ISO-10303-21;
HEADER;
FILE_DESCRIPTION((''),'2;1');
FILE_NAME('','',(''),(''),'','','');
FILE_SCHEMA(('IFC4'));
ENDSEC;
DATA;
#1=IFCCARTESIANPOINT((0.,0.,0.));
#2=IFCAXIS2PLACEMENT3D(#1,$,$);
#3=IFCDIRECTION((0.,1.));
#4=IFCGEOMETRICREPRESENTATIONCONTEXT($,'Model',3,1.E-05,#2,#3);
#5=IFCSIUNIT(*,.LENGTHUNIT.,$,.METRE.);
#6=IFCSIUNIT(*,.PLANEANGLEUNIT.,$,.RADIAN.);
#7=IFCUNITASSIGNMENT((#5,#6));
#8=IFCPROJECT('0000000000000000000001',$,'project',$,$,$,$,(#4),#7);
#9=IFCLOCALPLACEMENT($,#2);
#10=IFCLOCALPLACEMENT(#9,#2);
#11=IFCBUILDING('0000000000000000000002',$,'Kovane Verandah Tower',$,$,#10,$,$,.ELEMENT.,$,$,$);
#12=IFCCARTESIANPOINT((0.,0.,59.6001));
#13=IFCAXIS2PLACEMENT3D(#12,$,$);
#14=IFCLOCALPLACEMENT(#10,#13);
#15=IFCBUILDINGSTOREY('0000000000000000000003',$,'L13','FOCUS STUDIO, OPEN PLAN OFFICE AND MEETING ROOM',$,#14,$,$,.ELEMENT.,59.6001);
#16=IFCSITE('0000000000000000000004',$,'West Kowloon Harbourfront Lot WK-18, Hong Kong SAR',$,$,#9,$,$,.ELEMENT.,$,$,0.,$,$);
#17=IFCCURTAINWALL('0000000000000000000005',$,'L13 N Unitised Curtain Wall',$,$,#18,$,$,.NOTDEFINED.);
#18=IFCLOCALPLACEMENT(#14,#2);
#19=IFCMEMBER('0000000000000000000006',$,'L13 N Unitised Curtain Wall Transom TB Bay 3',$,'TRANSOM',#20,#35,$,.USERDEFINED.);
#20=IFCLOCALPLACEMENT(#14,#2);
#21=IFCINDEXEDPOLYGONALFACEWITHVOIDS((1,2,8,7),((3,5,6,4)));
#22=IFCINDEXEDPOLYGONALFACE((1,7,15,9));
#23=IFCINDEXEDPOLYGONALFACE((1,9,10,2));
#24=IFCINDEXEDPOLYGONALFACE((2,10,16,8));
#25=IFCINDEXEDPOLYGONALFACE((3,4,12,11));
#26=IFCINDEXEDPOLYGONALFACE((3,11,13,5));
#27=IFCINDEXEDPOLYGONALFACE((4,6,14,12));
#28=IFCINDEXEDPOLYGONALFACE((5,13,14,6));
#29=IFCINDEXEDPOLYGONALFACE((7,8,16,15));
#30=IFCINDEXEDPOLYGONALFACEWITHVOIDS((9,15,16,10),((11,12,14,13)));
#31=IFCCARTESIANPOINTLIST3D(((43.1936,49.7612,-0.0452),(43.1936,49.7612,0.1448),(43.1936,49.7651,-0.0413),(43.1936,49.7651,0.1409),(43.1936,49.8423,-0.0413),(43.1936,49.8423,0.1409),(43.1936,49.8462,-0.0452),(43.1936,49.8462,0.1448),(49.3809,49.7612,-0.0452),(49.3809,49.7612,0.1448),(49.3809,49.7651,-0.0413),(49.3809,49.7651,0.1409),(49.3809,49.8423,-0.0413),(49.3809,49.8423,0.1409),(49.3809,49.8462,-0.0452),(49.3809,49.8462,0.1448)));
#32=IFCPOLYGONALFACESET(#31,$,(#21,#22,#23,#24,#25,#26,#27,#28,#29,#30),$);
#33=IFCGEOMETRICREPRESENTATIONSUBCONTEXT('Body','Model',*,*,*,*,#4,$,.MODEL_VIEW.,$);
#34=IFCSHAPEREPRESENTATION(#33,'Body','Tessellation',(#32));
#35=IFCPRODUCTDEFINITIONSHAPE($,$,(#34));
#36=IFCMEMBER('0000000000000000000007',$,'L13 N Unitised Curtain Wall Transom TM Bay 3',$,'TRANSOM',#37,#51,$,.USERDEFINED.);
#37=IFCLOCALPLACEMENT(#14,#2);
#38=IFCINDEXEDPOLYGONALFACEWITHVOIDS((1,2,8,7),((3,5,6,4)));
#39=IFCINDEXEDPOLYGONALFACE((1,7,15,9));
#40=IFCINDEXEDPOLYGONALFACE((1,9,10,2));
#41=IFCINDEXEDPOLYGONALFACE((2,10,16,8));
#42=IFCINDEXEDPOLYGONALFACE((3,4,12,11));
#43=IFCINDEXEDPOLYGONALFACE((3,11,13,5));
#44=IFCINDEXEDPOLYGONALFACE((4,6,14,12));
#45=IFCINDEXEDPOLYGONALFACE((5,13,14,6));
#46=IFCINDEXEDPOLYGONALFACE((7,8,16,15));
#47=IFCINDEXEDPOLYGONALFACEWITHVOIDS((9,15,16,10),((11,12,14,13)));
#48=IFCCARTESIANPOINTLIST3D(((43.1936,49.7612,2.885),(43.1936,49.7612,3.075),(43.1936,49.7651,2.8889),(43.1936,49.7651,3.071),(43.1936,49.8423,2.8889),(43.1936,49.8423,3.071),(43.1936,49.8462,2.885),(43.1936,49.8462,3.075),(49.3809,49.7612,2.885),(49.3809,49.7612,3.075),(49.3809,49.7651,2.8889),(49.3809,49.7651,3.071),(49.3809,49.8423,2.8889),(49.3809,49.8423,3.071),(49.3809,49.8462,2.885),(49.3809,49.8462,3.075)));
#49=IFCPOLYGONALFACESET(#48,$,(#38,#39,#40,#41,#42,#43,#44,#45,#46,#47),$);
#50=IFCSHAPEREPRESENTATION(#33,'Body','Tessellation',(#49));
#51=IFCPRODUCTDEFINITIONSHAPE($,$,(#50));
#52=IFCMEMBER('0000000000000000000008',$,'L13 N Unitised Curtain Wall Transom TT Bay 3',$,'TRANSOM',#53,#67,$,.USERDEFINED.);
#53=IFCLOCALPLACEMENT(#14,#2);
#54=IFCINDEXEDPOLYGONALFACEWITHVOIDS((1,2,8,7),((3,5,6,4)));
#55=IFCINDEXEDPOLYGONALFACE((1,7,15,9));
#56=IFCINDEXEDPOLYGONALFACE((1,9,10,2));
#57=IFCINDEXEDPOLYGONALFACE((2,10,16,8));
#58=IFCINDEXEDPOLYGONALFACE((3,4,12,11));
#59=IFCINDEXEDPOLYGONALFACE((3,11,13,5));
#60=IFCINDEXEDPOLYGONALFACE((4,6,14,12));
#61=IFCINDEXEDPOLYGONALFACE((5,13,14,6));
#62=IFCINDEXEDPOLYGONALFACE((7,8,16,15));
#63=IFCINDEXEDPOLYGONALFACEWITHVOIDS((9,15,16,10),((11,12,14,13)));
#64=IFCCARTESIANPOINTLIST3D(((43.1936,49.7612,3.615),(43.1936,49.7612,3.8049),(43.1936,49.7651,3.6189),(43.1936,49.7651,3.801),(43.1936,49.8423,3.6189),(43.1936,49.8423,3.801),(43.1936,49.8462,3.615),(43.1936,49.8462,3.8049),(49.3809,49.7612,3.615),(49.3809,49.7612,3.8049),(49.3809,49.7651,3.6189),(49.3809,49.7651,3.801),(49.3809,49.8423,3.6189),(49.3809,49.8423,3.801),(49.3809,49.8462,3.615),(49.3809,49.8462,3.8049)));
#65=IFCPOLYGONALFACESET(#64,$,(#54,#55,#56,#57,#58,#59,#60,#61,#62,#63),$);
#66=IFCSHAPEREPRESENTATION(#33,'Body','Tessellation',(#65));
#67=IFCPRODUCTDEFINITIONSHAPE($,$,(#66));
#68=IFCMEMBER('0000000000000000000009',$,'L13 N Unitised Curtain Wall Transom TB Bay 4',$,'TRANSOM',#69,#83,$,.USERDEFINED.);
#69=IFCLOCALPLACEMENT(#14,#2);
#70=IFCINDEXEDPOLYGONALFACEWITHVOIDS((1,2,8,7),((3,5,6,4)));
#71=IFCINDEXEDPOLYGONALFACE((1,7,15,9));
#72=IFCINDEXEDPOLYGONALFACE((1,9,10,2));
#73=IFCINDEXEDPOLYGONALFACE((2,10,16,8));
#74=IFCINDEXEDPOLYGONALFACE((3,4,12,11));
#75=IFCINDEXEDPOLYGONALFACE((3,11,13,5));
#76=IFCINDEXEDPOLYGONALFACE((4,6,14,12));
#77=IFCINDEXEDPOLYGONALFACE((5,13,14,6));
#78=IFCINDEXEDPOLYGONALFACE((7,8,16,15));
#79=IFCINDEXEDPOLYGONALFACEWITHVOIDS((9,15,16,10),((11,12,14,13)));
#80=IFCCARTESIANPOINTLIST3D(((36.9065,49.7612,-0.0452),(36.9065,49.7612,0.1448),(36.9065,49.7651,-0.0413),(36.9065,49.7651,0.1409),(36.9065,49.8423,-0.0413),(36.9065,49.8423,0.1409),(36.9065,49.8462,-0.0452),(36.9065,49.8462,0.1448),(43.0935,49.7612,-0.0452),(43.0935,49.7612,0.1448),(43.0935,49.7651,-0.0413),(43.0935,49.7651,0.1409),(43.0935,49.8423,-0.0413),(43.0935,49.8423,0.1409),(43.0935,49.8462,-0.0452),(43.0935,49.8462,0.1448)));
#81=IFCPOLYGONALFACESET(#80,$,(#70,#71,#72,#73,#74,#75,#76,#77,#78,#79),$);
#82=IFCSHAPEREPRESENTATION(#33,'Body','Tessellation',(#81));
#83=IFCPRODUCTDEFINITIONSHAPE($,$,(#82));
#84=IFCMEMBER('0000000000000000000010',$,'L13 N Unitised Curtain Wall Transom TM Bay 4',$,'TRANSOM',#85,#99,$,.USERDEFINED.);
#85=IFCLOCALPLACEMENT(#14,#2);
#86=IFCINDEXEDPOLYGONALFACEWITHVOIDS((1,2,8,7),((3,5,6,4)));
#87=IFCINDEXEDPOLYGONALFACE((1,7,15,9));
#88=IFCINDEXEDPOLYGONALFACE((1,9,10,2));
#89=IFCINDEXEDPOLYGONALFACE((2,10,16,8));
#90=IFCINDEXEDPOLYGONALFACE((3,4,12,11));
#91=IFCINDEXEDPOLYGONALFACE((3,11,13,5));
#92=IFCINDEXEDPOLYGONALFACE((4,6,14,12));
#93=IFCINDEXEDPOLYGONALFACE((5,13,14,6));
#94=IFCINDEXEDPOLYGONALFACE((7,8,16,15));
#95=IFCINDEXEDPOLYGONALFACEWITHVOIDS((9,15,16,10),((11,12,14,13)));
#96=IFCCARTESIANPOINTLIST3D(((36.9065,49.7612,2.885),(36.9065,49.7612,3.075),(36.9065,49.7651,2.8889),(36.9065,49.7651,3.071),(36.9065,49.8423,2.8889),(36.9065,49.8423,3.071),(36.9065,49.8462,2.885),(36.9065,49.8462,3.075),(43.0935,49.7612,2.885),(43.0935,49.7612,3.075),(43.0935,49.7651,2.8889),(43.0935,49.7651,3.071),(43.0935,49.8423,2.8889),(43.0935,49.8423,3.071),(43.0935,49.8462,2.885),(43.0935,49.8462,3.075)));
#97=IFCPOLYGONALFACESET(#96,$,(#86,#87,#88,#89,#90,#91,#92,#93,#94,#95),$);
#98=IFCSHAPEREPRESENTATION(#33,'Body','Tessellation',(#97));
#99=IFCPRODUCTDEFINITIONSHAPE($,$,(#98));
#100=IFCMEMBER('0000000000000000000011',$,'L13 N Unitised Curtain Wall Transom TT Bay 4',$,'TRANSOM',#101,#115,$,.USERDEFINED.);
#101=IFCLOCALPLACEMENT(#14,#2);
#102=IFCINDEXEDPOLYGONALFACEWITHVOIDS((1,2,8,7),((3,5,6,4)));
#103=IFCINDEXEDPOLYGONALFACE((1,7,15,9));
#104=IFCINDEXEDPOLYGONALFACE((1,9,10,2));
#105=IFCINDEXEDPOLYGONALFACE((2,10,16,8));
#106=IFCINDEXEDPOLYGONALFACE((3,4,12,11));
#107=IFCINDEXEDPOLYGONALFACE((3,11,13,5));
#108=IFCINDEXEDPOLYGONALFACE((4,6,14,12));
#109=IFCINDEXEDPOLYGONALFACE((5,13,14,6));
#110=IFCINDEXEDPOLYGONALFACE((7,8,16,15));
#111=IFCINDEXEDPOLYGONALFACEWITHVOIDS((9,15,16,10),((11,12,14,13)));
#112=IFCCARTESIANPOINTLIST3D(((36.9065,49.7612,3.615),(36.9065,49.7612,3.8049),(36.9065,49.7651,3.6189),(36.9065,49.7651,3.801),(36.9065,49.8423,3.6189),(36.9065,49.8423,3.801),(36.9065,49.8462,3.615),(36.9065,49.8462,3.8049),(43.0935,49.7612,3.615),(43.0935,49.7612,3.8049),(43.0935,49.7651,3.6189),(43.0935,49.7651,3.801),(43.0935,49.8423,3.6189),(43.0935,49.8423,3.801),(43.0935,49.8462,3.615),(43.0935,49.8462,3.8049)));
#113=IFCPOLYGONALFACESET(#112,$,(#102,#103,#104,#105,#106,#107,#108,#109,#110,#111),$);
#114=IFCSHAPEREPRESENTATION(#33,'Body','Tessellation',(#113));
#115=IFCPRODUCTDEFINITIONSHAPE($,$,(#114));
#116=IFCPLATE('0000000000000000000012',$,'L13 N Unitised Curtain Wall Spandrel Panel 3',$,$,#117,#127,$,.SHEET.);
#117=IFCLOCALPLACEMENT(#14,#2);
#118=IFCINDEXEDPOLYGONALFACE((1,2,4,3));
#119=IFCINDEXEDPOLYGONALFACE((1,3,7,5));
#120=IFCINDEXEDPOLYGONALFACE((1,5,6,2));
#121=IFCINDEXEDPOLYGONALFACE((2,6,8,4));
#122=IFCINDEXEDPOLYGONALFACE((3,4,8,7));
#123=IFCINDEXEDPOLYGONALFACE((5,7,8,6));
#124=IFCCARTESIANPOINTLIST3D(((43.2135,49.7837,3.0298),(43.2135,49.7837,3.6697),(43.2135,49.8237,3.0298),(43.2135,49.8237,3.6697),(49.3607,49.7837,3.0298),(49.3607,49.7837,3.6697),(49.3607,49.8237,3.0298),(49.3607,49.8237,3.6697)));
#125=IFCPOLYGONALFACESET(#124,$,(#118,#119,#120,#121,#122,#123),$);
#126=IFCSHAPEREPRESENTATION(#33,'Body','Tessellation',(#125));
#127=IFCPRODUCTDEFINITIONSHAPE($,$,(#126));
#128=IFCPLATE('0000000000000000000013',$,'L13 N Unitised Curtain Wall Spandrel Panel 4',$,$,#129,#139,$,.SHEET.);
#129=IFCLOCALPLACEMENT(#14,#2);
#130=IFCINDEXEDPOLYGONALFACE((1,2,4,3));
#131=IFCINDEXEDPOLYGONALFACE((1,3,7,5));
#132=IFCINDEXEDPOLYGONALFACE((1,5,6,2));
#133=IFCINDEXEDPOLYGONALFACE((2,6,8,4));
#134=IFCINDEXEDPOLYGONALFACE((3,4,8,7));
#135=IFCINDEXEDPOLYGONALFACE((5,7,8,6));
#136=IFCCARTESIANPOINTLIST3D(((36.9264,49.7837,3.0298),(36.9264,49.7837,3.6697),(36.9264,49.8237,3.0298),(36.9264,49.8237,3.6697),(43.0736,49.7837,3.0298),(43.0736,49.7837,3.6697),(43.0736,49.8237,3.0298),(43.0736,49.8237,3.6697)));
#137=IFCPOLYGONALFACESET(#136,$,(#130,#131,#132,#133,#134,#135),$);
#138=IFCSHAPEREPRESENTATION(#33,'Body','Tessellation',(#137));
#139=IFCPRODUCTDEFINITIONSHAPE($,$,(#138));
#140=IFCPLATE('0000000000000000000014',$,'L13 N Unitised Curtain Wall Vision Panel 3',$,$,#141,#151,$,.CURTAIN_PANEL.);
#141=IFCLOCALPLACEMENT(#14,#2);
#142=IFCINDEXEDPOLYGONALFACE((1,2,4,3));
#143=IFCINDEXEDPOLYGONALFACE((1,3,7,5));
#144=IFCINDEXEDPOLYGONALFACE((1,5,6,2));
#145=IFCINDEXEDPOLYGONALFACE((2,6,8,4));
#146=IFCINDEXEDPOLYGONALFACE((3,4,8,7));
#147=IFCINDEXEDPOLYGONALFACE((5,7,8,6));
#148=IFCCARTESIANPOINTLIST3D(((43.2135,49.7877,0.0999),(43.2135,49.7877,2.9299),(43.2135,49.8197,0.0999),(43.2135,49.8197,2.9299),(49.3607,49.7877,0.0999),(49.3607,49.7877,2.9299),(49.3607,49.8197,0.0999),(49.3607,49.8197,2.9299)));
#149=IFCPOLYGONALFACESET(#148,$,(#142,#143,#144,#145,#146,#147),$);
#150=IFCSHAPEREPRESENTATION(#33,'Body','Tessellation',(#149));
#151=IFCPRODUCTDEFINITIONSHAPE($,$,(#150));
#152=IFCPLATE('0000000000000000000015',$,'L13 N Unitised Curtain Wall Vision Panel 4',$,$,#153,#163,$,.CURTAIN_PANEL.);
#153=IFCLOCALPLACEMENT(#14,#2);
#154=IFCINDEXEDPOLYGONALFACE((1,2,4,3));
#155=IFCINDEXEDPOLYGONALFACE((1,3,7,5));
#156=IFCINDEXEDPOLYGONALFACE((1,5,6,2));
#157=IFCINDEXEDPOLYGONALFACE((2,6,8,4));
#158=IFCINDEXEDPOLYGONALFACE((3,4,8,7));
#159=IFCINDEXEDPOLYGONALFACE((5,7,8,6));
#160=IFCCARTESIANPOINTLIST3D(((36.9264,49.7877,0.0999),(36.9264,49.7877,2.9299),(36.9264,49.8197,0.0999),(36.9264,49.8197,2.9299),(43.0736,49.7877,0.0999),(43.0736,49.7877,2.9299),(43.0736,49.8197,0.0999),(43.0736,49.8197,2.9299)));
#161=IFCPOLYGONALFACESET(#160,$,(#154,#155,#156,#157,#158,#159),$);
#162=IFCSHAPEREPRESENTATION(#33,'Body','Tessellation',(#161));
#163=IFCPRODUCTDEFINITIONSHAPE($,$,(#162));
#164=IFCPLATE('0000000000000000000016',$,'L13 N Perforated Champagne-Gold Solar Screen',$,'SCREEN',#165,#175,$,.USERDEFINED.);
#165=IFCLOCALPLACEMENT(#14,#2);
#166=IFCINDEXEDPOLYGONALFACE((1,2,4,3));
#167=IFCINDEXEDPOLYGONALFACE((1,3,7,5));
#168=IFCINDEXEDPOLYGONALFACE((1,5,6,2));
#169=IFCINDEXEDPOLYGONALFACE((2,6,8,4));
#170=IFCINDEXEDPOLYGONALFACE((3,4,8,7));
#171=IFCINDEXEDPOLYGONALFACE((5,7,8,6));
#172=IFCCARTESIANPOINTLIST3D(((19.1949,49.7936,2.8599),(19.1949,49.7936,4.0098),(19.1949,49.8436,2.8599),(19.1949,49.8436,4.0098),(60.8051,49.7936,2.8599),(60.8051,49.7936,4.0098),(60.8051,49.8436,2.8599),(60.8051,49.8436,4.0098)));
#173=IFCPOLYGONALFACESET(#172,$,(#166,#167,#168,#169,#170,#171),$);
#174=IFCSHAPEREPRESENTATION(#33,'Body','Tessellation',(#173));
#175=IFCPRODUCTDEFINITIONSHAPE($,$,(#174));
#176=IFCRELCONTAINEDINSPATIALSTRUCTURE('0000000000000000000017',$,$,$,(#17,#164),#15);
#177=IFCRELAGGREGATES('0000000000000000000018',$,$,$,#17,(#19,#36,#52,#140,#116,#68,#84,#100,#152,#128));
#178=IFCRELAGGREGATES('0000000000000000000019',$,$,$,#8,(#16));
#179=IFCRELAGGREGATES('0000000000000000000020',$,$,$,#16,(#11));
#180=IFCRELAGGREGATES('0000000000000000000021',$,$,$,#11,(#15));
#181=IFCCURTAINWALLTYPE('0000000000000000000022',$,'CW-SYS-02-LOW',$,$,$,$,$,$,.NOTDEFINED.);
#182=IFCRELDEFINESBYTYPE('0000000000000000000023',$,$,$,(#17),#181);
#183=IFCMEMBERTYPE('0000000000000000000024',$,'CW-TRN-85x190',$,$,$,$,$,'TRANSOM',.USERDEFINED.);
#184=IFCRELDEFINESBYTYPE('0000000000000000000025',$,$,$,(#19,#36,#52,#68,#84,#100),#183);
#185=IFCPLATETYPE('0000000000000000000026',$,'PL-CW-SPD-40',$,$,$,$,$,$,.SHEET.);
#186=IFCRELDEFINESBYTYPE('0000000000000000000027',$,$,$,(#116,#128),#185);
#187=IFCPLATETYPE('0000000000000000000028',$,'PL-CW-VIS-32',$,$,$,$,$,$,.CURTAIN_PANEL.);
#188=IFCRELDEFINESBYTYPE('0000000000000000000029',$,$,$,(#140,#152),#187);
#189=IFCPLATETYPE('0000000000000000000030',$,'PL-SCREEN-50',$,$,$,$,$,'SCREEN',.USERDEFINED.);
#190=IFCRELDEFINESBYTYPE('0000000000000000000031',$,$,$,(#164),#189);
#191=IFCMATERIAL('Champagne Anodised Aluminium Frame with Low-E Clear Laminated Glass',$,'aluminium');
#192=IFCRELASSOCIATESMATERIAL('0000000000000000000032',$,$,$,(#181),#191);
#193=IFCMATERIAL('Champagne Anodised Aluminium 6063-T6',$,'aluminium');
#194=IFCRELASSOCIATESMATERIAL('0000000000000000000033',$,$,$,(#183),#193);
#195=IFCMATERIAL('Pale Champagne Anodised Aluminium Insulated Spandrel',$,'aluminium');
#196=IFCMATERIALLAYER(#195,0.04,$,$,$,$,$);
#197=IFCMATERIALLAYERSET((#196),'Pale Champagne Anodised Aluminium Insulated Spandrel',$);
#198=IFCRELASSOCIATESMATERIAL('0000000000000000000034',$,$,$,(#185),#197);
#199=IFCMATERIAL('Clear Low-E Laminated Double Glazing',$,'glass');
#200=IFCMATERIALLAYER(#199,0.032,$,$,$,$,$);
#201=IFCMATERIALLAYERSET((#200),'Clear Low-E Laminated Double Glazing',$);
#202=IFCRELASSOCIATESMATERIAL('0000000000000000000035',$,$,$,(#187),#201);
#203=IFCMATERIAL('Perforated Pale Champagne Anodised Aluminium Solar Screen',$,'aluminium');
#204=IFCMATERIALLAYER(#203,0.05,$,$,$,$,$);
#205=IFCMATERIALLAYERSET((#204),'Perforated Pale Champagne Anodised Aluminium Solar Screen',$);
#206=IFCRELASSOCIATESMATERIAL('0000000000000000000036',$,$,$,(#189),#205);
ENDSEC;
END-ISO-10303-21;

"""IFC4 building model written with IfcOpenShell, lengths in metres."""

from ifc_helpers import new_model, si_unit, direction, frame, origin, origin_2d, place, context, subcontext, project, spatial, rectangle, hollow_rectangle, extrude, material, layer, layer_set, material_profile, profile_set, type_object, element, aggregate, save


model = new_model("IFC4")

# Units and contexts
model_context = context("Model", 3, precision=1e-05, world=origin(), true_north=direction((0.0, 1.0)))
body_context = subcontext(model_context, "Body", "Model", "MODEL_VIEW")
ifc_project = project(units=[si_unit("LENGTHUNIT", "METRE"), si_unit("PLANEANGLEUNIT", "RADIAN")], contexts=[model_context])

# Site, building, storey
site_placement = place(None, origin())
site = spatial("IfcSite", under=ifc_project, at=site_placement, Name="West Kowloon Harbourfront Lot WK-18, Hong Kong SAR", CompositionType="ELEMENT", RefElevation=0.0)
building_placement = place(site_placement, origin())
building = spatial("IfcBuilding", under=site, at=building_placement, Name="Kovane Verandah Tower", CompositionType="ELEMENT")
storey_placement = place(building_placement, frame((0.0, 0.0, 59.6001)))
storey = spatial("IfcBuildingStorey", under=building, at=storey_placement, Name="L13", Description="FOCUS STUDIO, OPEN PLAN OFFICE AND MEETING ROOM", CompositionType="ELEMENT", Elevation=59.6001)

# Curtain wall, members, plates
ifc_material_1 = material(Name="Champagne Anodised Aluminium Frame with Low-E Clear Laminated Glass", Category="aluminium")
curtain_wall_type = type_object("IfcCurtainWallType", Name="CW-SYS-02-LOW", PredefinedType="NOTDEFINED", material=ifc_material_1)
curtain_wall_placement = place(storey_placement, origin())
curtain_wall = element("IfcCurtainWall", 1, at=curtain_wall_placement, inside=storey, type_object=curtain_wall_type, Name="L13 N Unitised Curtain Wall", PredefinedType="NOTDEFINED")
ifc_material_2 = material(Name="Champagne Anodised Aluminium 6063-T6", Category="aluminium")
ifc_material_profile_1 = material_profile(ifc_material_2, hollow_rectangle(XDim=0.085, YDim=0.1899, WallThickness=0.0039, at=origin_2d()), Name="AL85x190x4")
ifc_profile_set_1 = profile_set([ifc_material_profile_1], Name="Champagne Anodised Aluminium 6063-T6")
member_type_1 = type_object("IfcMemberType", Name="CW-TRN-85x190", ElementType="TRANSOM", PredefinedType="USERDEFINED", material=ifc_profile_set_1)
member_1_placement = place(storey_placement, frame((49.3809, 49.8037, 0.0498), z_axis=(-1.0, 0.0, 0.0), x_axis=(0.0, -1.0, 0.0)))
member_1 = element("IfcMember", 2, at=member_1_placement, type_object=member_type_1, Name="L13 N Unitised Curtain Wall Transom TB Bay 3", ObjectType="TRANSOM", PredefinedType="USERDEFINED", context=body_context, shape_type="SweptSolid", body=[
    extrude(hollow_rectangle(XDim=0.085, YDim=0.1899, WallThickness=0.0039, at=origin_2d()), origin(), (0.0, 0.0, 1.0), 6.1873),
])
member_2_placement = place(storey_placement, frame((49.3809, 49.8037, 2.98), z_axis=(-1.0, 0.0, 0.0), x_axis=(0.0, -1.0, 0.0)))
member_2 = element("IfcMember", 3, at=member_2_placement, type_object=member_type_1, Name="L13 N Unitised Curtain Wall Transom TM Bay 3", ObjectType="TRANSOM", PredefinedType="USERDEFINED", context=body_context, shape_type="SweptSolid", body=[
    extrude(hollow_rectangle(XDim=0.085, YDim=0.1899, WallThickness=0.0039, at=origin_2d()), origin(), (0.0, 0.0, 1.0), 6.1873),
])
member_3_placement = place(storey_placement, frame((49.3809, 49.8037, 3.71), z_axis=(-1.0, 0.0, 0.0), x_axis=(0.0, -1.0, 0.0)))
member_3 = element("IfcMember", 4, at=member_3_placement, type_object=member_type_1, Name="L13 N Unitised Curtain Wall Transom TT Bay 3", ObjectType="TRANSOM", PredefinedType="USERDEFINED", context=body_context, shape_type="SweptSolid", body=[
    extrude(hollow_rectangle(XDim=0.085, YDim=0.1899, WallThickness=0.0039, at=origin_2d()), origin(), (0.0, 0.0, 1.0), 6.1873),
])
member_4_placement = place(storey_placement, frame((43.0935, 49.8037, 0.0498), z_axis=(-1.0, 0.0, 0.0), x_axis=(0.0, -1.0, 0.0)))
member_4 = element("IfcMember", 5, at=member_4_placement, type_object=member_type_1, Name="L13 N Unitised Curtain Wall Transom TB Bay 4", ObjectType="TRANSOM", PredefinedType="USERDEFINED", context=body_context, shape_type="SweptSolid", body=[
    extrude(hollow_rectangle(XDim=0.085, YDim=0.1899, WallThickness=0.0039, at=origin_2d()), origin(), (0.0, 0.0, 1.0), 6.187),
])
member_5_placement = place(storey_placement, frame((43.0935, 49.8037, 2.98), z_axis=(-1.0, 0.0, 0.0), x_axis=(0.0, -1.0, 0.0)))
member_5 = element("IfcMember", 6, at=member_5_placement, type_object=member_type_1, Name="L13 N Unitised Curtain Wall Transom TM Bay 4", ObjectType="TRANSOM", PredefinedType="USERDEFINED", context=body_context, shape_type="SweptSolid", body=[
    extrude(hollow_rectangle(XDim=0.085, YDim=0.1899, WallThickness=0.0039, at=origin_2d()), origin(), (0.0, 0.0, 1.0), 6.187),
])
member_6_placement = place(storey_placement, frame((43.0935, 49.8037, 3.71), z_axis=(-1.0, 0.0, 0.0), x_axis=(0.0, -1.0, 0.0)))
member_6 = element("IfcMember", 7, at=member_6_placement, type_object=member_type_1, Name="L13 N Unitised Curtain Wall Transom TT Bay 4", ObjectType="TRANSOM", PredefinedType="USERDEFINED", context=body_context, shape_type="SweptSolid", body=[
    extrude(hollow_rectangle(XDim=0.085, YDim=0.1899, WallThickness=0.0039, at=origin_2d()), origin(), (0.0, 0.0, 1.0), 6.187),
])
ifc_material_3 = material(Name="Pale Champagne Anodised Aluminium Insulated Spandrel", Category="aluminium")
ifc_layer_1 = layer(ifc_material_3, 0.04)
ifc_layer_set_1 = layer_set([ifc_layer_1], Name="Pale Champagne Anodised Aluminium Insulated Spandrel")
plate_type_1 = type_object("IfcPlateType", Name="PL-CW-SPD-40", PredefinedType="SHEET", material=ifc_layer_set_1)
plate_1_placement = place(storey_placement, frame((46.2871, 49.8037, 3.0298), z_axis=(0.0, 0.0, 1.0), x_axis=(-1.0, 0.0, 0.0)))
plate_1 = element("IfcPlate", 8, at=plate_1_placement, type_object=plate_type_1, Name="L13 N Unitised Curtain Wall Spandrel Panel 3", PredefinedType="SHEET", context=body_context, shape_type="SweptSolid", body=[
    extrude(rectangle(XDim=6.1472, YDim=0.04, at=origin_2d()), origin(), (0.0, 0.0, 1.0), 0.6399),
])
plate_2_placement = place(storey_placement, frame((40.0, 49.8037, 3.0298), z_axis=(0.0, 0.0, 1.0), x_axis=(-1.0, 0.0, 0.0)))
plate_2 = element("IfcPlate", 9, at=plate_2_placement, type_object=plate_type_1, Name="L13 N Unitised Curtain Wall Spandrel Panel 4", PredefinedType="SHEET", context=body_context, shape_type="SweptSolid", body=[
    extrude(rectangle(XDim=6.1472, YDim=0.04, at=origin_2d()), origin(), (0.0, 0.0, 1.0), 0.6399),
])
ifc_material_4 = material(Name="Clear Low-E Laminated Double Glazing", Category="glass")
ifc_layer_2 = layer(ifc_material_4, 0.032)
ifc_layer_set_2 = layer_set([ifc_layer_2], Name="Clear Low-E Laminated Double Glazing")
plate_type_2 = type_object("IfcPlateType", Name="PL-CW-VIS-32", PredefinedType="CURTAIN_PANEL", material=ifc_layer_set_2)
plate_3_placement = place(storey_placement, frame((46.2871, 49.8037, 0.0999), z_axis=(0.0, 0.0, 1.0), x_axis=(-1.0, 0.0, 0.0)))
plate_3 = element("IfcPlate", 10, at=plate_3_placement, type_object=plate_type_2, Name="L13 N Unitised Curtain Wall Vision Panel 3", PredefinedType="CURTAIN_PANEL", context=body_context, shape_type="SweptSolid", body=[
    extrude(rectangle(XDim=6.1472, YDim=0.032, at=origin_2d()), origin(), (0.0, 0.0, 1.0), 2.8301),
])
plate_4_placement = place(storey_placement, frame((40.0, 49.8037, 0.0999), z_axis=(0.0, 0.0, 1.0), x_axis=(-1.0, 0.0, 0.0)))
plate_4 = element("IfcPlate", 11, at=plate_4_placement, type_object=plate_type_2, Name="L13 N Unitised Curtain Wall Vision Panel 4", PredefinedType="CURTAIN_PANEL", context=body_context, shape_type="SweptSolid", body=[
    extrude(rectangle(XDim=6.1472, YDim=0.032, at=origin_2d()), origin(), (0.0, 0.0, 1.0), 2.8301),
])
aggregate(curtain_wall, [member_1, member_2, member_3, plate_3, plate_1, member_4, member_5, member_6, plate_4, plate_2])

# Plate
ifc_material_5 = material(Name="Perforated Pale Champagne Anodised Aluminium Solar Screen", Category="aluminium")
ifc_layer_3 = layer(ifc_material_5, 0.05)
ifc_layer_set_3 = layer_set([ifc_layer_3], Name="Perforated Pale Champagne Anodised Aluminium Solar Screen")
plate_type_3 = type_object("IfcPlateType", Name="PL-SCREEN-50", ElementType="SCREEN", PredefinedType="USERDEFINED", material=ifc_layer_set_3)
plate_5_placement = place(storey_placement, frame((40.0, 49.8186, 2.8599), z_axis=(0.0, 0.0, 1.0), x_axis=(-1.0, 0.0, 0.0)))
element("IfcPlate", 12, at=plate_5_placement, inside=storey, type_object=plate_type_3, Name="L13 N Perforated Champagne-Gold Solar Screen", ObjectType="SCREEN", PredefinedType="USERDEFINED", context=body_context, shape_type="SweptSolid", body=[
    extrude(rectangle(XDim=41.6101, YDim=0.05, at=origin_2d()), origin(), (0.0, 0.0, 1.0), 1.1499),
])

save(model, "model.ifc")
